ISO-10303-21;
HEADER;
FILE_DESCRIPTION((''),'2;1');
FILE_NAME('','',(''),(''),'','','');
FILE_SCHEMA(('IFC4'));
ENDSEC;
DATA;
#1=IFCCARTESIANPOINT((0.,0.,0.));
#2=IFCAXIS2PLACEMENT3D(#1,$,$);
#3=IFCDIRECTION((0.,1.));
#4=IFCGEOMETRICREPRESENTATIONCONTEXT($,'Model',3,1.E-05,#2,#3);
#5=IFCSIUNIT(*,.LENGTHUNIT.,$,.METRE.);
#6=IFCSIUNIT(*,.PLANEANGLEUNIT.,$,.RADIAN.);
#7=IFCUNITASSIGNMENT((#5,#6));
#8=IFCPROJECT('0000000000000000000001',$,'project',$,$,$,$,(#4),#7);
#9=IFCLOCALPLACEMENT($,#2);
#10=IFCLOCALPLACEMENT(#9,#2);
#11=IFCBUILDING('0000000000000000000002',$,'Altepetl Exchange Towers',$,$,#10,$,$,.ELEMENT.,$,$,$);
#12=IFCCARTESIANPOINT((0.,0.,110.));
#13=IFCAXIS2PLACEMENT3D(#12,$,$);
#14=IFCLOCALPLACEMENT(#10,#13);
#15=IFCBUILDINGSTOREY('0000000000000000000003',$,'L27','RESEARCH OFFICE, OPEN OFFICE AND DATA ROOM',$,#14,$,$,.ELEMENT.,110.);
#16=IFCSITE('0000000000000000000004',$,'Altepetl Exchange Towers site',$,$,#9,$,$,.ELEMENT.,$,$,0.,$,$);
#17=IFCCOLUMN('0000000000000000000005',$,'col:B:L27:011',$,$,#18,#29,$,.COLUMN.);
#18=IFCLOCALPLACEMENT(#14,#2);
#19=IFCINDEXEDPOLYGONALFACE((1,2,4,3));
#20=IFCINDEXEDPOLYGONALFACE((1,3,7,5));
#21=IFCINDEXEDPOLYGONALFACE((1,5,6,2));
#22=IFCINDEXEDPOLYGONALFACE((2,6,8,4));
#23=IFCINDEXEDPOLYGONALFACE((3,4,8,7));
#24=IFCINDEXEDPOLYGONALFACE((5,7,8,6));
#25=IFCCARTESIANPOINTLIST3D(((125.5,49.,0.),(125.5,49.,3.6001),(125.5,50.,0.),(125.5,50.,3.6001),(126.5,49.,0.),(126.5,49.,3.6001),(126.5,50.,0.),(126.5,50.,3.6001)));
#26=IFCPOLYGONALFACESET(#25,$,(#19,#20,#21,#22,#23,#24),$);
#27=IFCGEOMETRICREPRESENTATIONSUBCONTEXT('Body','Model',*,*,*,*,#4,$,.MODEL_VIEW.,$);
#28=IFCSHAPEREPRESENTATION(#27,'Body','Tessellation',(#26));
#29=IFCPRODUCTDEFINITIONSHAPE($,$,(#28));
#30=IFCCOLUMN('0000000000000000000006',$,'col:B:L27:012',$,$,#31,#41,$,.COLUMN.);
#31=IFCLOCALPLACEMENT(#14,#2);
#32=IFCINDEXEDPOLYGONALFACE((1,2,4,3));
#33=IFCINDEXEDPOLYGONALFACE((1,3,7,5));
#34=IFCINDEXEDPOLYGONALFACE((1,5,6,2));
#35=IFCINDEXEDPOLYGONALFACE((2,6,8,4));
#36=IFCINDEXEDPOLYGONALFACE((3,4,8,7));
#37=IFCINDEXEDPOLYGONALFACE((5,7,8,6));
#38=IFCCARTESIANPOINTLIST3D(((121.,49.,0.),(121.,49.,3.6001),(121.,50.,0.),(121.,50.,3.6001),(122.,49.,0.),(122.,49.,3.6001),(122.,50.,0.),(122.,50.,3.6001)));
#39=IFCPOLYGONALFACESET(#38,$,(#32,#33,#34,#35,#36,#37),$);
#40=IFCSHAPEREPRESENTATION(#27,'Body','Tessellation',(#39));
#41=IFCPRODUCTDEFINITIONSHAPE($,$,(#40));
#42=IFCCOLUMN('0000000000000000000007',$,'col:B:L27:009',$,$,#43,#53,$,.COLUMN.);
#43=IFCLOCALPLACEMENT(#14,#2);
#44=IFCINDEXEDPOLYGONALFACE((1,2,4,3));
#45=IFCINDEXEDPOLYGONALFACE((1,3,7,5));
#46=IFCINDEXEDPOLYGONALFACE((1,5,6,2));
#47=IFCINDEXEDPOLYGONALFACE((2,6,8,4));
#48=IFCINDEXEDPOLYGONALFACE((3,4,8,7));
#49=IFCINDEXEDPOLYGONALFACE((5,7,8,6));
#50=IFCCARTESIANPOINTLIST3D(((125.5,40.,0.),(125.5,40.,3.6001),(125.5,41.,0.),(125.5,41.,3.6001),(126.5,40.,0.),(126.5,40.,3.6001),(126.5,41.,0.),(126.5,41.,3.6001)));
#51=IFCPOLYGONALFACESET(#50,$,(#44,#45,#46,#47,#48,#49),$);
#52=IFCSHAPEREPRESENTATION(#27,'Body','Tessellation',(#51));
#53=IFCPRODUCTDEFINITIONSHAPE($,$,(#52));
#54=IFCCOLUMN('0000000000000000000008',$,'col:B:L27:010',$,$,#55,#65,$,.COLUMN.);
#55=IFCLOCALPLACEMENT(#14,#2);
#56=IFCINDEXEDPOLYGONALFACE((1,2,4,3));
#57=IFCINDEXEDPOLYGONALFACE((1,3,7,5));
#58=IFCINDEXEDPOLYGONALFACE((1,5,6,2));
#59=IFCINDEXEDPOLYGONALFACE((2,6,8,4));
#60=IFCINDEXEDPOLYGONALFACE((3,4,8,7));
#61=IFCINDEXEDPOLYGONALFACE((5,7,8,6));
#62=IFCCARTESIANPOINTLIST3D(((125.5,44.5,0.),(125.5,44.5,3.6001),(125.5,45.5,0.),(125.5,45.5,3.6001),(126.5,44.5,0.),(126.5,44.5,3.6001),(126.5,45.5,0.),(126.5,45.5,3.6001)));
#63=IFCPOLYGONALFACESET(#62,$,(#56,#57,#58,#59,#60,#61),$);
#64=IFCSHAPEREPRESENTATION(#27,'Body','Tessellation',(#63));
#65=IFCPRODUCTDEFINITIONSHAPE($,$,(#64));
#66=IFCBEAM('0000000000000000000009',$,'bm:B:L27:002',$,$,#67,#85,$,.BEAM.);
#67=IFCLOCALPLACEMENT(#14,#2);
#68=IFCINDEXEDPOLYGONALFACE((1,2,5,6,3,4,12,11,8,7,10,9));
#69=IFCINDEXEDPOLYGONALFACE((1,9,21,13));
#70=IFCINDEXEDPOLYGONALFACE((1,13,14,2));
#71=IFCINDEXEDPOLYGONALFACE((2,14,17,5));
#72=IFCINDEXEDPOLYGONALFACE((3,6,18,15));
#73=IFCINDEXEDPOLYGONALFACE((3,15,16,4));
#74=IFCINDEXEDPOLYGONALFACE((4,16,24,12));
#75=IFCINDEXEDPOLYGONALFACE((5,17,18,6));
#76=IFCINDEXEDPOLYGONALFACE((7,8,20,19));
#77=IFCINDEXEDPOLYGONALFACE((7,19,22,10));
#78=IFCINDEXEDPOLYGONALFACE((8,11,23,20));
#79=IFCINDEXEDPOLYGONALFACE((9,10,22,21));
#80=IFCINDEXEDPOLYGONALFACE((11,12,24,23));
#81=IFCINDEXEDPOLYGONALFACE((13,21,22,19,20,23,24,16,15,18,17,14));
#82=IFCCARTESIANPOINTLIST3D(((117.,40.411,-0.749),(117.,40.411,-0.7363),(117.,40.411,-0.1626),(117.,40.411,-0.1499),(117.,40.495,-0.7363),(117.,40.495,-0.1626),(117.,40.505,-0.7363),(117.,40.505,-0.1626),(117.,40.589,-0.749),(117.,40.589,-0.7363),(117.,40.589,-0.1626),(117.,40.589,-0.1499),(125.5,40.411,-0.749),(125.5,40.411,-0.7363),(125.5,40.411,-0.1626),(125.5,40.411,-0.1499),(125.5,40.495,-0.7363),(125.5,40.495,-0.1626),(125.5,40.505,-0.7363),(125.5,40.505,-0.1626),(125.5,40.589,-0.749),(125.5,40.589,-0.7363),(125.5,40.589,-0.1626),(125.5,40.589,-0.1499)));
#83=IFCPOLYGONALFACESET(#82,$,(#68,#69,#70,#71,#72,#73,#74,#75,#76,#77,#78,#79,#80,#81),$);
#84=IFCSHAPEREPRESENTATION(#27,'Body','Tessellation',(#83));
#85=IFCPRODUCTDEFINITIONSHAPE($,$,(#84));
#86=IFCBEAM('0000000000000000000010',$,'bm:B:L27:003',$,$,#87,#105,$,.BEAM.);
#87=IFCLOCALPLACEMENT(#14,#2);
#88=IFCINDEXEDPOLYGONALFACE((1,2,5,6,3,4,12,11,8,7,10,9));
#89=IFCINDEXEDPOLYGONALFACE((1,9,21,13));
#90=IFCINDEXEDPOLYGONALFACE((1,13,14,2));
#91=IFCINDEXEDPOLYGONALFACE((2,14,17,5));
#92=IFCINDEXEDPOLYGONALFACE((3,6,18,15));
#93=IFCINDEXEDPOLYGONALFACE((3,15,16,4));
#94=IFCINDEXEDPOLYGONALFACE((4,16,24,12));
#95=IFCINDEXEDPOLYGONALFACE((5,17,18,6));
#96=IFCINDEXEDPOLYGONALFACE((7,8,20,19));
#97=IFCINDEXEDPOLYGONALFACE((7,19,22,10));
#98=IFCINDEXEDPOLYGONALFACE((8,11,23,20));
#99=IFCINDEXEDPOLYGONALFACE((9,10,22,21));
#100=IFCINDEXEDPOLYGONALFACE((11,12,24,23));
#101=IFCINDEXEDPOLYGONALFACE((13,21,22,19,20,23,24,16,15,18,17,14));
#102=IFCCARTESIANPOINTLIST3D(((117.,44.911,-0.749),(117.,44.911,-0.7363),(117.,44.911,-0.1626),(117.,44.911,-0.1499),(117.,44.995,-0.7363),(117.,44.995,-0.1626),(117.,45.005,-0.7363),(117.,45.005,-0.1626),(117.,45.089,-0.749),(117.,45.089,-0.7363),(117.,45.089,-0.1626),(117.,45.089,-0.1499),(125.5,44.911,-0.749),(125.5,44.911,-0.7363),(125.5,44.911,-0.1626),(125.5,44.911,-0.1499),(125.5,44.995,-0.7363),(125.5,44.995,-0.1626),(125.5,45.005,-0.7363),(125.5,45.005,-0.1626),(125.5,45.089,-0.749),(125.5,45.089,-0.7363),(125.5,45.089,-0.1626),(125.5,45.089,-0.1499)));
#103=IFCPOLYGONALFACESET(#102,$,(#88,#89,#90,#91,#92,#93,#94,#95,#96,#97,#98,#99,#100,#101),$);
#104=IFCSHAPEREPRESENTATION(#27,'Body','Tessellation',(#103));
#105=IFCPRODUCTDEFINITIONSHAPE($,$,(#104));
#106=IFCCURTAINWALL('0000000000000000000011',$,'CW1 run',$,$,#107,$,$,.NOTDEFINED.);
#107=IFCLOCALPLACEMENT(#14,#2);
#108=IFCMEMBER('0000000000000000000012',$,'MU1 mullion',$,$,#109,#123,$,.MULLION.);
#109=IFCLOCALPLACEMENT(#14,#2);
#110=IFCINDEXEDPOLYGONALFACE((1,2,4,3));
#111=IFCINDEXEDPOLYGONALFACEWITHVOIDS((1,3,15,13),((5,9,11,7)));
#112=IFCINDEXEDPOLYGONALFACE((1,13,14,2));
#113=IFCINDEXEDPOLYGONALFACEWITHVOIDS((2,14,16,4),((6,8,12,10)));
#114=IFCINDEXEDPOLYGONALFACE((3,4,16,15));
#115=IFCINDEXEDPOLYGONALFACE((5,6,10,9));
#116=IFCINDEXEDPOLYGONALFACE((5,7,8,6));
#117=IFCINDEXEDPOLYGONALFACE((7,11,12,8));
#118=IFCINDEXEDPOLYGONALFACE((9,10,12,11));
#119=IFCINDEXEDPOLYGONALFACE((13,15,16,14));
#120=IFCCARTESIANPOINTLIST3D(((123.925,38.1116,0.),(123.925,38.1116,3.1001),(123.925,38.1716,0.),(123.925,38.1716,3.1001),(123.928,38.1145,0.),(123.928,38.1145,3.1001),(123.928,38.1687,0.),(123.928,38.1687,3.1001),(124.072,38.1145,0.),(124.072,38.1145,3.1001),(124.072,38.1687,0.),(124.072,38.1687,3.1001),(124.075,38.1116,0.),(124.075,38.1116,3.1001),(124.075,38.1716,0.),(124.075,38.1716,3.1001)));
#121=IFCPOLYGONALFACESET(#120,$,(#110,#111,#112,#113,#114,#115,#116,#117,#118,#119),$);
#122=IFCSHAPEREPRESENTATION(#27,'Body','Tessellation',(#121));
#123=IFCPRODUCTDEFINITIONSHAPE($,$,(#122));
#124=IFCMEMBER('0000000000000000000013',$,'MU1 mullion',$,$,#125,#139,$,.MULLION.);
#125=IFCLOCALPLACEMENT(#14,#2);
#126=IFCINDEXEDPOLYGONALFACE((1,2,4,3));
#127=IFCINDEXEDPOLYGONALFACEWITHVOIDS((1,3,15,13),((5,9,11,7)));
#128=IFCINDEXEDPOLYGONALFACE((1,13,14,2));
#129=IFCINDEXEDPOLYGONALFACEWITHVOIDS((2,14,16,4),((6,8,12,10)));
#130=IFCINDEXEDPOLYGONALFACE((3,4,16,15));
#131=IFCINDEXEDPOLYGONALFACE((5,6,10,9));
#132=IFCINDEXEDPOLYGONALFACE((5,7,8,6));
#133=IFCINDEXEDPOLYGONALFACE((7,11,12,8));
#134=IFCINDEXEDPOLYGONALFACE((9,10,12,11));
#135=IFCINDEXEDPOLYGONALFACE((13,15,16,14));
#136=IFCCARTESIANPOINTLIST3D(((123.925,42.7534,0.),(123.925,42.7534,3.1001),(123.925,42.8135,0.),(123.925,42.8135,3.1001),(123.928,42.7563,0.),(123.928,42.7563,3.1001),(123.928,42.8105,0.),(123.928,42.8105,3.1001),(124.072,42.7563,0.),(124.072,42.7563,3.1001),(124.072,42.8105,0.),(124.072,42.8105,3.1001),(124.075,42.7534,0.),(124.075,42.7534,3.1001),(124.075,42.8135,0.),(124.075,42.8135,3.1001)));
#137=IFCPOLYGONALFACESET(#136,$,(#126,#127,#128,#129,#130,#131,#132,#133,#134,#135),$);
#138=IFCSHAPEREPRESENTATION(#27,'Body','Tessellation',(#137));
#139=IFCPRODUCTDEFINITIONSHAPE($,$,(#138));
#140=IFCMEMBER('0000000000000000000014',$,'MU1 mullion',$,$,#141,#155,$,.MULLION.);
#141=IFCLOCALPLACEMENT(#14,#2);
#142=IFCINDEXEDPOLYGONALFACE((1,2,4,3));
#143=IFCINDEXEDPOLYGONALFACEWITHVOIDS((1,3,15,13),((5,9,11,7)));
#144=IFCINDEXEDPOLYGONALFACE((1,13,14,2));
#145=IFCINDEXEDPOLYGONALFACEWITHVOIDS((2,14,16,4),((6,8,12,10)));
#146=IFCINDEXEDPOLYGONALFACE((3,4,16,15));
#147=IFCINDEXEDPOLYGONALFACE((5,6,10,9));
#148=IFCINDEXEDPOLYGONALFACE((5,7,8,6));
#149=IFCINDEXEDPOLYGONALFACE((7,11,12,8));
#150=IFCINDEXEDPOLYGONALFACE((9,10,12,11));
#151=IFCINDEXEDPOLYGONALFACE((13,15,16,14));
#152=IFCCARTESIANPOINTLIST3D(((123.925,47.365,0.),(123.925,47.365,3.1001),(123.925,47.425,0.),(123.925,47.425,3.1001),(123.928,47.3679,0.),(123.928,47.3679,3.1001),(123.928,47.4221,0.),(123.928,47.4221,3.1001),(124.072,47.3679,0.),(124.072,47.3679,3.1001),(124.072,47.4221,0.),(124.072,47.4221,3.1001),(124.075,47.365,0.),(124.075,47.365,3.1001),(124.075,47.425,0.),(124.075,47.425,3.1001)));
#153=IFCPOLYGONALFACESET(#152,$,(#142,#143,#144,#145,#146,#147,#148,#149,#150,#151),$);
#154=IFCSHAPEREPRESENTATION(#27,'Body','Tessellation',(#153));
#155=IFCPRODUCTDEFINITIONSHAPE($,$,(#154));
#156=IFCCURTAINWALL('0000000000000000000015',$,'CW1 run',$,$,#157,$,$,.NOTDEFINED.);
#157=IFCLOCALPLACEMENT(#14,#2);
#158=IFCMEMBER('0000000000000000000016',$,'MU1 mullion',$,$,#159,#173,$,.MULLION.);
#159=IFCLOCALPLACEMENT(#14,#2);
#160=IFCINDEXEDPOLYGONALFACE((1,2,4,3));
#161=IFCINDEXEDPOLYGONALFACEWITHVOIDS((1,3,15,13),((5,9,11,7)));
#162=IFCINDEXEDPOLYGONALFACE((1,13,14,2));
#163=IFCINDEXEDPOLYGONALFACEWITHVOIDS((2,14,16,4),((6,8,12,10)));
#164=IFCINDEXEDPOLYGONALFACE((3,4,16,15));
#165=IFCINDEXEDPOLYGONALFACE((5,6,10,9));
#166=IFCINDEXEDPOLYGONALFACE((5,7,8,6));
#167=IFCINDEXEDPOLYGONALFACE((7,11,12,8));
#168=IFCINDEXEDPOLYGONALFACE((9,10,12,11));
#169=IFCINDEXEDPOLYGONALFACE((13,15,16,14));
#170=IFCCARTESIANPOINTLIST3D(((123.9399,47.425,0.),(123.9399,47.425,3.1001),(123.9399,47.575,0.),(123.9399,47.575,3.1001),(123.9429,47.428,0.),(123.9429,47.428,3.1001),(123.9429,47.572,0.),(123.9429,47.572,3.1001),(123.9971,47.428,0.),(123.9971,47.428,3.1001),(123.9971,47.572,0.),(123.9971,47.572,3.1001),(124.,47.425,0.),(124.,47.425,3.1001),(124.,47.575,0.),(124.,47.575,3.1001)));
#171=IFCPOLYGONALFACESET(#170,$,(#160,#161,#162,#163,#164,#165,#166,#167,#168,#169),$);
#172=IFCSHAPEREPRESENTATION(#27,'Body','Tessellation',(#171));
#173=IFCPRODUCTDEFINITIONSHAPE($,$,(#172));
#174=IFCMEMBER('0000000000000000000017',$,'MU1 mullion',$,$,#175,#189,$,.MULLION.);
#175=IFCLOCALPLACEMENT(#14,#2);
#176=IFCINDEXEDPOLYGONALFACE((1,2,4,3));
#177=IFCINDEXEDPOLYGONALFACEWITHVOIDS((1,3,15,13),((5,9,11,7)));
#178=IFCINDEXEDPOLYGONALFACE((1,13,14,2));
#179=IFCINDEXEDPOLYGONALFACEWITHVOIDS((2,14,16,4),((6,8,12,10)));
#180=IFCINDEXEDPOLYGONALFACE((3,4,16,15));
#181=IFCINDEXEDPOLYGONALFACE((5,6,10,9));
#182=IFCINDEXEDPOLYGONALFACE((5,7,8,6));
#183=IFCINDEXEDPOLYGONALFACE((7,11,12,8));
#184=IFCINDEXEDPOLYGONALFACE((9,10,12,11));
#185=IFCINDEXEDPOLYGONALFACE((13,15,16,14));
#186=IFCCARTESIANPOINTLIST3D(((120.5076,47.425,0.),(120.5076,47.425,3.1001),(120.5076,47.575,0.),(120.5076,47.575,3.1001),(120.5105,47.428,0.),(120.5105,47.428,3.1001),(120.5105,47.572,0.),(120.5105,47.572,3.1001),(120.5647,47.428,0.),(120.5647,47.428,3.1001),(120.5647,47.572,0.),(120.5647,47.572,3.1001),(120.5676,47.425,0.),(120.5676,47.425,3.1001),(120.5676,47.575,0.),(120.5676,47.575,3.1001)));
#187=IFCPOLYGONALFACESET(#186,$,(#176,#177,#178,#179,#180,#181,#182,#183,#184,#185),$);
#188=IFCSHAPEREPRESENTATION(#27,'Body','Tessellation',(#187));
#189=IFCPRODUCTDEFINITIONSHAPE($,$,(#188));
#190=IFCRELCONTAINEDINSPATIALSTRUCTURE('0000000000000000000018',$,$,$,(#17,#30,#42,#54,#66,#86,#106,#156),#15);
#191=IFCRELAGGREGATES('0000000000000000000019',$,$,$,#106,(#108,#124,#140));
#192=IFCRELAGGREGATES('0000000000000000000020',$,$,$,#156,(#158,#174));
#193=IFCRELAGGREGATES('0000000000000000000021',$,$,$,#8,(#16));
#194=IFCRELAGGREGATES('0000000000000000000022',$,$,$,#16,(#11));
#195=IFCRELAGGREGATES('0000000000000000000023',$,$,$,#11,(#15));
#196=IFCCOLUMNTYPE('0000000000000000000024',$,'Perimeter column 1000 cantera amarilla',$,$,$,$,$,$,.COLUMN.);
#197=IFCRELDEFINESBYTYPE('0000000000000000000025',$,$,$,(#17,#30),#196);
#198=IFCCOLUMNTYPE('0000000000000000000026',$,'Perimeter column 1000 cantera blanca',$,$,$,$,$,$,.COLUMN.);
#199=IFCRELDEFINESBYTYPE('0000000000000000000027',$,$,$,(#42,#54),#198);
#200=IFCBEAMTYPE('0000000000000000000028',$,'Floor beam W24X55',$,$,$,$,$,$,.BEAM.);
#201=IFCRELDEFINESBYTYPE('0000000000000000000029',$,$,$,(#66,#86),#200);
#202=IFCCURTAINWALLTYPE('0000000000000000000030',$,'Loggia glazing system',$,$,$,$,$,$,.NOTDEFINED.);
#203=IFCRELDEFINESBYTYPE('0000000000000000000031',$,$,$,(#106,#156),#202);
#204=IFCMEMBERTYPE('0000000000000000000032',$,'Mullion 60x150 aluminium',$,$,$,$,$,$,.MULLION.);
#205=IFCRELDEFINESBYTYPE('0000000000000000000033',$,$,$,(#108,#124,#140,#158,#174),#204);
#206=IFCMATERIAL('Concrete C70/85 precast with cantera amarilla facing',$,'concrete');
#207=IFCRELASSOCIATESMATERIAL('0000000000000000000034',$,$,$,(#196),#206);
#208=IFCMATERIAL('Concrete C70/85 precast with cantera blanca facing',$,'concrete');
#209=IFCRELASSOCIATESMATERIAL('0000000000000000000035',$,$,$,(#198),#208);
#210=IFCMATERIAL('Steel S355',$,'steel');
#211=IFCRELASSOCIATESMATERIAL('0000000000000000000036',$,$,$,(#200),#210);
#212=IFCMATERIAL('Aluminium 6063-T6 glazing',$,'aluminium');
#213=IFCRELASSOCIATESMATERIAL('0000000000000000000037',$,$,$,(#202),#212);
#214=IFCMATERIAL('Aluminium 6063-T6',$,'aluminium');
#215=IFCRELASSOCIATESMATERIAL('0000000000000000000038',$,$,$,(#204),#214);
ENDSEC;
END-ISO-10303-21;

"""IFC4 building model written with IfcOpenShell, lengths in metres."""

from ifc_helpers import new_model, si_unit, direction, frame, origin, origin_2d, place, context, subcontext, project, spatial, rectangle, hollow_rectangle, i_section, extrude, material, material_profile, profile_set, type_object, element, aggregate, save


model = new_model("IFC4")

# Units and contexts
model_context = context("Model", 3, precision=1e-05, world=origin(), true_north=direction((0.0, 1.0)))
body_context = subcontext(model_context, "Body", "Model", "MODEL_VIEW")
ifc_project = project(units=[si_unit("LENGTHUNIT", "METRE"), si_unit("PLANEANGLEUNIT", "RADIAN")], contexts=[model_context])

# Site, building, storey
site_placement = place(None, origin())
site = spatial("IfcSite", under=ifc_project, at=site_placement, Name="Altepetl Exchange Towers site", CompositionType="ELEMENT", RefElevation=0.0)
building_placement = place(site_placement, origin())
building = spatial("IfcBuilding", under=site, at=building_placement, Name="Altepetl Exchange Towers", CompositionType="ELEMENT")
storey_placement = place(building_placement, frame((0.0, 0.0, 110.0)))
storey = spatial("IfcBuildingStorey", under=building, at=storey_placement, Name="L27", Description="RESEARCH OFFICE, OPEN OFFICE AND DATA ROOM", CompositionType="ELEMENT", Elevation=110.0)

# Columns
ifc_material_1 = material(Name="Concrete C70/85 precast with cantera amarilla facing", Category="concrete")
ifc_material_profile_1 = material_profile(ifc_material_1, rectangle(XDim=1.0, YDim=1.0, at=origin_2d()), Name="1000 x 1000")
ifc_profile_set_1 = profile_set([ifc_material_profile_1], Name="Concrete C70/85 precast with cantera amarilla facing")
column_type_1 = type_object("IfcColumnType", Name="Perimeter column 1000 cantera amarilla", PredefinedType="COLUMN", material=ifc_profile_set_1)
for number, where, name in (
    (1, (126.0, 49.5, 0.0), "col:B:L27:011"),
    (2, (121.5, 49.5, 0.0), "col:B:L27:012"),
):
    element("IfcColumn", number, at=place(storey_placement, frame(where)), inside=storey, type_object=column_type_1, Name=name, PredefinedType="COLUMN", context=body_context, shape_type="SweptSolid", body=[
        extrude(rectangle(XDim=1.0, YDim=1.0, at=origin_2d()), origin(), (0.0, 0.0, 1.0), 3.6001),
    ])
ifc_material_2 = material(Name="Concrete C70/85 precast with cantera blanca facing", Category="concrete")
ifc_material_profile_2 = material_profile(ifc_material_2, rectangle(XDim=1.0, YDim=1.0, at=origin_2d()), Name="1000 x 1000")
ifc_profile_set_2 = profile_set([ifc_material_profile_2], Name="Concrete C70/85 precast with cantera blanca facing")
column_type_2 = type_object("IfcColumnType", Name="Perimeter column 1000 cantera blanca", PredefinedType="COLUMN", material=ifc_profile_set_2)
for number, where, name in (
    (3, (126.0, 40.5, 0.0), "col:B:L27:009"),
    (4, (126.0, 45.0, 0.0), "col:B:L27:010"),
):
    element("IfcColumn", number, at=place(storey_placement, frame(where)), inside=storey, type_object=column_type_2, Name=name, PredefinedType="COLUMN", context=body_context, shape_type="SweptSolid", body=[
        extrude(rectangle(XDim=1.0, YDim=1.0, at=origin_2d()), origin(), (0.0, 0.0, 1.0), 3.6001),
    ])

# Beams
ifc_material_3 = material(Name="Steel S355", Category="steel")
ifc_material_profile_3 = material_profile(ifc_material_3, i_section(OverallWidth=0.178, OverallDepth=0.5991, WebThickness=0.01, FlangeThickness=0.0127, at=origin_2d()), Name="W24X55")
ifc_profile_set_3 = profile_set([ifc_material_profile_3], Name="Steel S355")
beam_type_1 = type_object("IfcBeamType", Name="Floor beam W24X55", PredefinedType="BEAM", material=ifc_profile_set_3)
for number, where, z_axis, x_axis, name in (
    (5, (117.0, 40.5, -0.4495), (1.0, 0.0, 0.0), (0.0, 1.0, 0.0), "bm:B:L27:002"),
    (6, (117.0, 45.0, -0.4495), (1.0, 0.0, 0.0), (0.0, 1.0, 0.0), "bm:B:L27:003"),
):
    element("IfcBeam", number, at=place(storey_placement, frame(where, z_axis=z_axis, x_axis=x_axis)), inside=storey, type_object=beam_type_1, Name=name, PredefinedType="BEAM", context=body_context, shape_type="SweptSolid", body=[
        extrude(i_section(OverallWidth=0.178, OverallDepth=0.5991, WebThickness=0.01, FlangeThickness=0.0127, at=origin_2d()), origin(), (0.0, 0.0, 1.0), 8.5),
    ])

# Curtain walls, members
ifc_material_4 = material(Name="Aluminium 6063-T6 glazing", Category="aluminium")
curtain_wall_type = type_object("IfcCurtainWallType", Name="Loggia glazing system", PredefinedType="NOTDEFINED", material=ifc_material_4)
curtain_wall_1_placement = place(storey_placement, origin())
curtain_wall_1 = element("IfcCurtainWall", 7, at=curtain_wall_1_placement, inside=storey, type_object=curtain_wall_type, Name="CW1 run", PredefinedType="NOTDEFINED")
ifc_material_5 = material(Name="Aluminium 6063-T6", Category="aluminium")
ifc_material_profile_4 = material_profile(ifc_material_5, hollow_rectangle(XDim=0.0601, YDim=0.1499, WallThickness=0.0029, at=origin_2d()), Name="Mullion 60x150 aluminium")
ifc_profile_set_4 = profile_set([ifc_material_profile_4], Name="Aluminium 6063-T6")
member_type = type_object("IfcMemberType", Name="Mullion 60x150 aluminium", PredefinedType="MULLION", material=ifc_profile_set_4)
member_1_placement = place(storey_placement, frame((124.0, 38.1416, 0.0), z_axis=(0.0, 0.0, 1.0), x_axis=(0.0, 1.0, 0.0)))
member_1 = element("IfcMember", 8, at=member_1_placement, type_object=member_type, Name="MU1 mullion", PredefinedType="MULLION", context=body_context, shape_type="SweptSolid", body=[
    extrude(hollow_rectangle(XDim=0.0601, YDim=0.1499, WallThickness=0.0029, at=origin_2d()), origin(), (0.0, 0.0, 1.0), 3.1001),
])
member_2_placement = place(storey_placement, frame((124.0, 42.7834, 0.0), z_axis=(0.0, 0.0, 1.0), x_axis=(0.0, 1.0, 0.0)))
member_2 = element("IfcMember", 9, at=member_2_placement, type_object=member_type, Name="MU1 mullion", PredefinedType="MULLION", context=body_context, shape_type="SweptSolid", body=[
    extrude(hollow_rectangle(XDim=0.0601, YDim=0.1499, WallThickness=0.0029, at=origin_2d()), origin(), (0.0, 0.0, 1.0), 3.1001),
])
member_3_placement = place(storey_placement, frame((124.0, 47.395, 0.0), z_axis=(0.0, 0.0, 1.0), x_axis=(0.0, 1.0, 0.0)))
member_3 = element("IfcMember", 10, at=member_3_placement, type_object=member_type, Name="MU1 mullion", PredefinedType="MULLION", context=body_context, shape_type="SweptSolid", body=[
    extrude(hollow_rectangle(XDim=0.0601, YDim=0.1499, WallThickness=0.0029, at=origin_2d()), origin(), (0.0, 0.0, 1.0), 3.1001),
])
curtain_wall_2_placement = place(storey_placement, origin())
curtain_wall_2 = element("IfcCurtainWall", 11, at=curtain_wall_2_placement, inside=storey, type_object=curtain_wall_type, Name="CW1 run", PredefinedType="NOTDEFINED")
member_4_placement = place(storey_placement, frame((123.97, 47.5, 0.0), z_axis=(0.0, 0.0, 1.0), x_axis=(-1.0, 0.0, 0.0)))
member_4 = element("IfcMember", 12, at=member_4_placement, type_object=member_type, Name="MU1 mullion", PredefinedType="MULLION", context=body_context, shape_type="SweptSolid", body=[
    extrude(hollow_rectangle(XDim=0.0601, YDim=0.1499, WallThickness=0.0029, at=origin_2d()), origin(), (0.0, 0.0, 1.0), 3.1001),
])
member_5_placement = place(storey_placement, frame((120.5376, 47.5, 0.0), z_axis=(0.0, 0.0, 1.0), x_axis=(-1.0, 0.0, 0.0)))
member_5 = element("IfcMember", 13, at=member_5_placement, type_object=member_type, Name="MU1 mullion", PredefinedType="MULLION", context=body_context, shape_type="SweptSolid", body=[
    extrude(hollow_rectangle(XDim=0.0601, YDim=0.1499, WallThickness=0.0029, at=origin_2d()), origin(), (0.0, 0.0, 1.0), 3.1001),
])

aggregate(curtain_wall_1, [member_1, member_2, member_3])
aggregate(curtain_wall_2, [member_4, member_5])

save(model, "model.ifc")
